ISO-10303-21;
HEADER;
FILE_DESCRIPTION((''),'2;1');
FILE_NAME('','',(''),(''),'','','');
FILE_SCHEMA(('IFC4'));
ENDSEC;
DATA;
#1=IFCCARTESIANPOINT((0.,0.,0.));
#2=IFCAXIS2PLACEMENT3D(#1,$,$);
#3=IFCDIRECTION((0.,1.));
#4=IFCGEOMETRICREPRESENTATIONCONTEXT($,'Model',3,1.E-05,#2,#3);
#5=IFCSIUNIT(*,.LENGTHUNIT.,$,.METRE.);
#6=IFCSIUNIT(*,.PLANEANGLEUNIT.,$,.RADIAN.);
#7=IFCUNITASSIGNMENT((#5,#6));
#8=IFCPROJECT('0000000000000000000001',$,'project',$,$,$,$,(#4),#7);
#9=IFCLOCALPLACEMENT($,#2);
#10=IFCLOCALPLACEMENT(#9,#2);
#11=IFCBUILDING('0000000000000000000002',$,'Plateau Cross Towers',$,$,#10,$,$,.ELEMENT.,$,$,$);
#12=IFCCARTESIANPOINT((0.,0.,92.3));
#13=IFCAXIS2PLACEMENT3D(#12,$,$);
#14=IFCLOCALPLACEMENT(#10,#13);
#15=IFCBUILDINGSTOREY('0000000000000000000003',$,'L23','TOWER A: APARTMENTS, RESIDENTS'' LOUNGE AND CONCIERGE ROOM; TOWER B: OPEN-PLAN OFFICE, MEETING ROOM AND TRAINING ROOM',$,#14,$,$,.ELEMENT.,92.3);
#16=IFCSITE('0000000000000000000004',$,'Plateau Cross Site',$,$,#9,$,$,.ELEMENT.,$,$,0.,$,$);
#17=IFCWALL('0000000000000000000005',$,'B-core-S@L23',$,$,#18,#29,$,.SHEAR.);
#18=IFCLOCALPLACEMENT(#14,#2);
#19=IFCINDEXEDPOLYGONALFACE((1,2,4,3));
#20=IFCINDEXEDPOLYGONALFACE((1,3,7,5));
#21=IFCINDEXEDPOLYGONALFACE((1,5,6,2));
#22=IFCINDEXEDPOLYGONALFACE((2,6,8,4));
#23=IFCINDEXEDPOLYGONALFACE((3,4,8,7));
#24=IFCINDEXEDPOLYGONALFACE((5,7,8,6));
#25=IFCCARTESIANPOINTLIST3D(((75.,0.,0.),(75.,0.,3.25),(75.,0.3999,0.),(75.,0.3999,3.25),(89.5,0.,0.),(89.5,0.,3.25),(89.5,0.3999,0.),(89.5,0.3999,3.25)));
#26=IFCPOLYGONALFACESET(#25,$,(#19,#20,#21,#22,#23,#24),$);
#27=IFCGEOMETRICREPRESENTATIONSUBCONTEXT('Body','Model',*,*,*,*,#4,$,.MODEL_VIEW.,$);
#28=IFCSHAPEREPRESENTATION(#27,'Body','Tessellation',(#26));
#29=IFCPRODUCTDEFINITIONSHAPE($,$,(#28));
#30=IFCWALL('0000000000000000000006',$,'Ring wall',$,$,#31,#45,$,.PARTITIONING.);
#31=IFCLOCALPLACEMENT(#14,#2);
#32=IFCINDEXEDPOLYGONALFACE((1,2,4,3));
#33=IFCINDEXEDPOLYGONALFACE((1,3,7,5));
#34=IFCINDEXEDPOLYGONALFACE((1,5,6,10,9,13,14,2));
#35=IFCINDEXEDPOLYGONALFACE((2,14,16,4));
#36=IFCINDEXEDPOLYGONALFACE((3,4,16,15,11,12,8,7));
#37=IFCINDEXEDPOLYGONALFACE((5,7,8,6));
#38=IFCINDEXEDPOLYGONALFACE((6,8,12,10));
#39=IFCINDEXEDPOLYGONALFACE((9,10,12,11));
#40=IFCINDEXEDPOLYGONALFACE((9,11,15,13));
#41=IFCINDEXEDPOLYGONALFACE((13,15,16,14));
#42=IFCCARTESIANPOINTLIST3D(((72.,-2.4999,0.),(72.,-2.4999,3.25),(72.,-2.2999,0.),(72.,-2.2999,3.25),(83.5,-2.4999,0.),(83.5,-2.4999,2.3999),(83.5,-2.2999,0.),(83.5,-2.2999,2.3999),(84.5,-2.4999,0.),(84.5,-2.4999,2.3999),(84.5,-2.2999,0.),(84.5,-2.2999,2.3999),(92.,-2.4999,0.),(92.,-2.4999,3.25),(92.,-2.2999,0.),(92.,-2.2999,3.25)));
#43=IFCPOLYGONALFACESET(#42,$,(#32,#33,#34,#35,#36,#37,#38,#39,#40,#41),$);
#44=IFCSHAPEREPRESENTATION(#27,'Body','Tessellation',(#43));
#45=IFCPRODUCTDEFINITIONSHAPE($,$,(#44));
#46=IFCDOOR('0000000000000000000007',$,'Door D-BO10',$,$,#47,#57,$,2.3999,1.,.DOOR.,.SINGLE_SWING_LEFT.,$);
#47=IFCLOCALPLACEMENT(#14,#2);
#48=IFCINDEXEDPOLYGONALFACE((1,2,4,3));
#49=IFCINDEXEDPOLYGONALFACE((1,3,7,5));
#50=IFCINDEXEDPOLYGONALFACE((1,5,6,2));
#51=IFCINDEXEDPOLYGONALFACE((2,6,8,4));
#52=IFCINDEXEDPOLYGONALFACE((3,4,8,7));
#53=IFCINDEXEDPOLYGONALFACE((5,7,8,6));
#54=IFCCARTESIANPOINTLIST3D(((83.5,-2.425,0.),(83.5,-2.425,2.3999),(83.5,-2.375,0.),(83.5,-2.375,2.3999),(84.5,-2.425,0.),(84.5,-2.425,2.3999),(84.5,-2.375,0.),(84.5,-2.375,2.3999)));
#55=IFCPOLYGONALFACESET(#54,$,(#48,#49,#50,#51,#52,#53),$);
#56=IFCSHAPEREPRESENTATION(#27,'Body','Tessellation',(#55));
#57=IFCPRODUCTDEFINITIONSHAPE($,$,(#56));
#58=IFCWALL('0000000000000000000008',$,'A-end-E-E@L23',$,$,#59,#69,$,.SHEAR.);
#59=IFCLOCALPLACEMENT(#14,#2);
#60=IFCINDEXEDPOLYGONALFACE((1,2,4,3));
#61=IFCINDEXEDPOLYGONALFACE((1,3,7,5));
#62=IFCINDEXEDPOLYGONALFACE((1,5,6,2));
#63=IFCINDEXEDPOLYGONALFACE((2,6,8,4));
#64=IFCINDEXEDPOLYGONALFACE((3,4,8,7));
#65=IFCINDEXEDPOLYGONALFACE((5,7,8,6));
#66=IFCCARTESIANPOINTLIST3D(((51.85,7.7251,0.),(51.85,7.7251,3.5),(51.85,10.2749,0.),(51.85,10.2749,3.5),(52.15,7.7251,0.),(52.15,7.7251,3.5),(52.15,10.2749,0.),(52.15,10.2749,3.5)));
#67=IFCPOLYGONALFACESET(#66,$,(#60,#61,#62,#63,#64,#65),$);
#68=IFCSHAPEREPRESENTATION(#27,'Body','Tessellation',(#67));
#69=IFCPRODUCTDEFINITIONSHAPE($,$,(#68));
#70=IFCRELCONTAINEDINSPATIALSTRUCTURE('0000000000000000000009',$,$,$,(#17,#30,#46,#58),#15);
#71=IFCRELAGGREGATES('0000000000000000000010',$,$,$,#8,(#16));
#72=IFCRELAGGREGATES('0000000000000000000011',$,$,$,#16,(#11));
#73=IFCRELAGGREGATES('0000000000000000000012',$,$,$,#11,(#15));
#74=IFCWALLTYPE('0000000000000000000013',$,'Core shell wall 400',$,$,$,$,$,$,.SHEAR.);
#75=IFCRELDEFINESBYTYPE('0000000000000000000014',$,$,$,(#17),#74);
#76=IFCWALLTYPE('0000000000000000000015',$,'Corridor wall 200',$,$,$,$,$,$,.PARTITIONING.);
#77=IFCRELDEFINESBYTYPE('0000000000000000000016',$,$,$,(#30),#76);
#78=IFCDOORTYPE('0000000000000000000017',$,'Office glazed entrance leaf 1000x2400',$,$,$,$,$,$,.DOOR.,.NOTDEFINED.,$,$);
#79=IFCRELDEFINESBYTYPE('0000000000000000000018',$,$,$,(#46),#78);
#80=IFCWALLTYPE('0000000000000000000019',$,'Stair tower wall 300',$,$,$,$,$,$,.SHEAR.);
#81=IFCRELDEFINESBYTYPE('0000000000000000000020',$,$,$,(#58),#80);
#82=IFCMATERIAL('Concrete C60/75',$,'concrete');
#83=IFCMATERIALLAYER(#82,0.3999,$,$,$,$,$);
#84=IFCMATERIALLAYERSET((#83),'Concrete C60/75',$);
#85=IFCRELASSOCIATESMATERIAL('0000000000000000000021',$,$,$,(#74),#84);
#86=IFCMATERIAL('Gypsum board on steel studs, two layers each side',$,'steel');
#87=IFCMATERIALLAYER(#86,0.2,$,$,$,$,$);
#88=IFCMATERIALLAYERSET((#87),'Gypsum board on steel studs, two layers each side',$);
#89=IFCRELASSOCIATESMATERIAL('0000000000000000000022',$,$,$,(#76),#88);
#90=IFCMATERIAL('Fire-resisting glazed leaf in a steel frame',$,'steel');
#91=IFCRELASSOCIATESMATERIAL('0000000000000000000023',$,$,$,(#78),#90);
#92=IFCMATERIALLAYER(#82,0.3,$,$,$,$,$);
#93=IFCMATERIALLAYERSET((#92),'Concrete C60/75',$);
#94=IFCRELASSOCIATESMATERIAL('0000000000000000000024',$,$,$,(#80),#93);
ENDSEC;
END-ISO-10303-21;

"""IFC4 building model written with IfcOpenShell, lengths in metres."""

from ifc_helpers import new_model, si_unit, direction, frame, frame_2d, origin, place, context, subcontext, project, spatial, rectangle, extrude, material, layer, layer_set, type_object, element, fill, save


model = new_model("IFC4")

# Units and contexts
model_context = context("Model", 3, precision=1e-05, world=origin(), true_north=direction((0.0, 1.0)))
body_context = subcontext(model_context, "Body", "Model", "MODEL_VIEW")
ifc_project = project(units=[si_unit("LENGTHUNIT", "METRE"), si_unit("PLANEANGLEUNIT", "RADIAN")], contexts=[model_context])

# Site, building, storey
site_placement = place(None, origin())
site = spatial("IfcSite", under=ifc_project, at=site_placement, Name="Plateau Cross Site", CompositionType="ELEMENT", RefElevation=0.0)
building_placement = place(site_placement, origin())
building = spatial("IfcBuilding", under=site, at=building_placement, Name="Plateau Cross Towers", CompositionType="ELEMENT")
storey_placement = place(building_placement, frame((0.0, 0.0, 92.3)))
storey = spatial("IfcBuildingStorey", under=building, at=storey_placement, Name="L23", Description="TOWER A: APARTMENTS, RESIDENTS' LOUNGE AND CONCIERGE ROOM; TOWER B: OPEN-PLAN OFFICE, MEETING ROOM AND TRAINING ROOM", CompositionType="ELEMENT", Elevation=92.3)

# Shared definitions
ifc_material_1 = material(Name="Concrete C60/75", Category="concrete")

# Wall
ifc_layer_1 = layer(ifc_material_1, 0.3999)
ifc_layer_set_1 = layer_set([ifc_layer_1], Name="Concrete C60/75")
wall_type_1 = type_object("IfcWallType", Name="Core shell wall 400", PredefinedType="SHEAR", material=ifc_layer_set_1)
wall_1_placement = place(storey_placement, frame((75.0, 0.2, 0.0), z_axis=(0.0, 0.0, 1.0), x_axis=(1.0, 0.0, 0.0)))
element("IfcWall", 1, at=wall_1_placement, inside=storey, type_object=wall_type_1, Name="B-core-S@L23", PredefinedType="SHEAR", context=body_context, shape_type="SweptSolid", body=[
    extrude(rectangle(XDim=14.5, YDim=0.3999, at=frame_2d((7.25, 0.0))), origin(), (0.0, 0.0, 1.0), 3.25),
])

# Wall, opening, door
ifc_material_2 = material(Name="Gypsum board on steel studs, two layers each side", Category="steel")
ifc_layer_2 = layer(ifc_material_2, 0.2)
ifc_layer_set_2 = layer_set([ifc_layer_2], Name="Gypsum board on steel studs, two layers each side")
wall_type_2 = type_object("IfcWallType", Name="Corridor wall 200", PredefinedType="PARTITIONING", material=ifc_layer_set_2)
wall_2_placement = place(storey_placement, frame((72.0, -2.3999, 0.0), z_axis=(0.0, 0.0, 1.0), x_axis=(1.0, 0.0, 0.0)))
wall_2 = element("IfcWall", 2, at=wall_2_placement, inside=storey, type_object=wall_type_2, Name="Ring wall", PredefinedType="PARTITIONING", context=body_context, shape_type="SweptSolid", body=[
    extrude(rectangle(XDim=20.0, YDim=0.2, at=frame_2d((10.0, 0.0))), origin(), (0.0, 0.0, 1.0), 3.25),
])
opening_placement = place(wall_2_placement, frame((11.5, 0.0, 0.0)))
opening = element("IfcOpeningElement", 3, at=opening_placement, cuts=wall_2, PredefinedType="OPENING", context=body_context, shape_type="SweptSolid", body=[
    extrude(rectangle(XDim=1.0, YDim=2.3999, at=frame_2d((0.5, 1.2))), frame((0.0, 0.1099, 0.0), z_axis=(0.0, -1.0, 0.0), x_axis=(1.0, 0.0, 0.0)), (0.0, 0.0, 1.0), 0.22),
])
ifc_material_3 = material(Name="Fire-resisting glazed leaf in a steel frame", Category="steel")
door_type = type_object("IfcDoorType", Name="Office glazed entrance leaf 1000x2400", OperationType="NOTDEFINED", PredefinedType="DOOR", material=ifc_material_3)
door_placement = place(opening_placement, origin())
door = element("IfcDoor", 4, at=door_placement, inside=storey, type_object=door_type, Name="Door D-BO10", OperationType="SINGLE_SWING_LEFT", OverallHeight=2.3999, OverallWidth=1.0, PredefinedType="DOOR", context=body_context, shape_type="SweptSolid", body=[
    extrude(rectangle(XDim=1.0, YDim=2.3999, at=frame_2d((0.5, 1.2))), frame((0.0, 0.0249, 0.0), z_axis=(0.0, -1.0, 0.0), x_axis=(1.0, 0.0, 0.0)), (0.0, 0.0, 1.0), 0.05),
])
fill(opening, door)

# Wall
ifc_layer_3 = layer(ifc_material_1, 0.3)
ifc_layer_set_3 = layer_set([ifc_layer_3], Name="Concrete C60/75")
wall_type_3 = type_object("IfcWallType", Name="Stair tower wall 300", PredefinedType="SHEAR", material=ifc_layer_set_3)
wall_3_placement = place(storey_placement, frame((52.0, 7.7251, 0.0), z_axis=(0.0, 0.0, 1.0), x_axis=(0.0, 1.0, 0.0)))
element("IfcWall", 5, at=wall_3_placement, inside=storey, type_object=wall_type_3, Name="A-end-E-E@L23", PredefinedType="SHEAR", context=body_context, shape_type="SweptSolid", body=[
    extrude(rectangle(XDim=2.5498, YDim=0.3, at=frame_2d((1.2749, 0.0))), origin(), (0.0, 0.0, 1.0), 3.5),
])

save(model, "model.ifc")
